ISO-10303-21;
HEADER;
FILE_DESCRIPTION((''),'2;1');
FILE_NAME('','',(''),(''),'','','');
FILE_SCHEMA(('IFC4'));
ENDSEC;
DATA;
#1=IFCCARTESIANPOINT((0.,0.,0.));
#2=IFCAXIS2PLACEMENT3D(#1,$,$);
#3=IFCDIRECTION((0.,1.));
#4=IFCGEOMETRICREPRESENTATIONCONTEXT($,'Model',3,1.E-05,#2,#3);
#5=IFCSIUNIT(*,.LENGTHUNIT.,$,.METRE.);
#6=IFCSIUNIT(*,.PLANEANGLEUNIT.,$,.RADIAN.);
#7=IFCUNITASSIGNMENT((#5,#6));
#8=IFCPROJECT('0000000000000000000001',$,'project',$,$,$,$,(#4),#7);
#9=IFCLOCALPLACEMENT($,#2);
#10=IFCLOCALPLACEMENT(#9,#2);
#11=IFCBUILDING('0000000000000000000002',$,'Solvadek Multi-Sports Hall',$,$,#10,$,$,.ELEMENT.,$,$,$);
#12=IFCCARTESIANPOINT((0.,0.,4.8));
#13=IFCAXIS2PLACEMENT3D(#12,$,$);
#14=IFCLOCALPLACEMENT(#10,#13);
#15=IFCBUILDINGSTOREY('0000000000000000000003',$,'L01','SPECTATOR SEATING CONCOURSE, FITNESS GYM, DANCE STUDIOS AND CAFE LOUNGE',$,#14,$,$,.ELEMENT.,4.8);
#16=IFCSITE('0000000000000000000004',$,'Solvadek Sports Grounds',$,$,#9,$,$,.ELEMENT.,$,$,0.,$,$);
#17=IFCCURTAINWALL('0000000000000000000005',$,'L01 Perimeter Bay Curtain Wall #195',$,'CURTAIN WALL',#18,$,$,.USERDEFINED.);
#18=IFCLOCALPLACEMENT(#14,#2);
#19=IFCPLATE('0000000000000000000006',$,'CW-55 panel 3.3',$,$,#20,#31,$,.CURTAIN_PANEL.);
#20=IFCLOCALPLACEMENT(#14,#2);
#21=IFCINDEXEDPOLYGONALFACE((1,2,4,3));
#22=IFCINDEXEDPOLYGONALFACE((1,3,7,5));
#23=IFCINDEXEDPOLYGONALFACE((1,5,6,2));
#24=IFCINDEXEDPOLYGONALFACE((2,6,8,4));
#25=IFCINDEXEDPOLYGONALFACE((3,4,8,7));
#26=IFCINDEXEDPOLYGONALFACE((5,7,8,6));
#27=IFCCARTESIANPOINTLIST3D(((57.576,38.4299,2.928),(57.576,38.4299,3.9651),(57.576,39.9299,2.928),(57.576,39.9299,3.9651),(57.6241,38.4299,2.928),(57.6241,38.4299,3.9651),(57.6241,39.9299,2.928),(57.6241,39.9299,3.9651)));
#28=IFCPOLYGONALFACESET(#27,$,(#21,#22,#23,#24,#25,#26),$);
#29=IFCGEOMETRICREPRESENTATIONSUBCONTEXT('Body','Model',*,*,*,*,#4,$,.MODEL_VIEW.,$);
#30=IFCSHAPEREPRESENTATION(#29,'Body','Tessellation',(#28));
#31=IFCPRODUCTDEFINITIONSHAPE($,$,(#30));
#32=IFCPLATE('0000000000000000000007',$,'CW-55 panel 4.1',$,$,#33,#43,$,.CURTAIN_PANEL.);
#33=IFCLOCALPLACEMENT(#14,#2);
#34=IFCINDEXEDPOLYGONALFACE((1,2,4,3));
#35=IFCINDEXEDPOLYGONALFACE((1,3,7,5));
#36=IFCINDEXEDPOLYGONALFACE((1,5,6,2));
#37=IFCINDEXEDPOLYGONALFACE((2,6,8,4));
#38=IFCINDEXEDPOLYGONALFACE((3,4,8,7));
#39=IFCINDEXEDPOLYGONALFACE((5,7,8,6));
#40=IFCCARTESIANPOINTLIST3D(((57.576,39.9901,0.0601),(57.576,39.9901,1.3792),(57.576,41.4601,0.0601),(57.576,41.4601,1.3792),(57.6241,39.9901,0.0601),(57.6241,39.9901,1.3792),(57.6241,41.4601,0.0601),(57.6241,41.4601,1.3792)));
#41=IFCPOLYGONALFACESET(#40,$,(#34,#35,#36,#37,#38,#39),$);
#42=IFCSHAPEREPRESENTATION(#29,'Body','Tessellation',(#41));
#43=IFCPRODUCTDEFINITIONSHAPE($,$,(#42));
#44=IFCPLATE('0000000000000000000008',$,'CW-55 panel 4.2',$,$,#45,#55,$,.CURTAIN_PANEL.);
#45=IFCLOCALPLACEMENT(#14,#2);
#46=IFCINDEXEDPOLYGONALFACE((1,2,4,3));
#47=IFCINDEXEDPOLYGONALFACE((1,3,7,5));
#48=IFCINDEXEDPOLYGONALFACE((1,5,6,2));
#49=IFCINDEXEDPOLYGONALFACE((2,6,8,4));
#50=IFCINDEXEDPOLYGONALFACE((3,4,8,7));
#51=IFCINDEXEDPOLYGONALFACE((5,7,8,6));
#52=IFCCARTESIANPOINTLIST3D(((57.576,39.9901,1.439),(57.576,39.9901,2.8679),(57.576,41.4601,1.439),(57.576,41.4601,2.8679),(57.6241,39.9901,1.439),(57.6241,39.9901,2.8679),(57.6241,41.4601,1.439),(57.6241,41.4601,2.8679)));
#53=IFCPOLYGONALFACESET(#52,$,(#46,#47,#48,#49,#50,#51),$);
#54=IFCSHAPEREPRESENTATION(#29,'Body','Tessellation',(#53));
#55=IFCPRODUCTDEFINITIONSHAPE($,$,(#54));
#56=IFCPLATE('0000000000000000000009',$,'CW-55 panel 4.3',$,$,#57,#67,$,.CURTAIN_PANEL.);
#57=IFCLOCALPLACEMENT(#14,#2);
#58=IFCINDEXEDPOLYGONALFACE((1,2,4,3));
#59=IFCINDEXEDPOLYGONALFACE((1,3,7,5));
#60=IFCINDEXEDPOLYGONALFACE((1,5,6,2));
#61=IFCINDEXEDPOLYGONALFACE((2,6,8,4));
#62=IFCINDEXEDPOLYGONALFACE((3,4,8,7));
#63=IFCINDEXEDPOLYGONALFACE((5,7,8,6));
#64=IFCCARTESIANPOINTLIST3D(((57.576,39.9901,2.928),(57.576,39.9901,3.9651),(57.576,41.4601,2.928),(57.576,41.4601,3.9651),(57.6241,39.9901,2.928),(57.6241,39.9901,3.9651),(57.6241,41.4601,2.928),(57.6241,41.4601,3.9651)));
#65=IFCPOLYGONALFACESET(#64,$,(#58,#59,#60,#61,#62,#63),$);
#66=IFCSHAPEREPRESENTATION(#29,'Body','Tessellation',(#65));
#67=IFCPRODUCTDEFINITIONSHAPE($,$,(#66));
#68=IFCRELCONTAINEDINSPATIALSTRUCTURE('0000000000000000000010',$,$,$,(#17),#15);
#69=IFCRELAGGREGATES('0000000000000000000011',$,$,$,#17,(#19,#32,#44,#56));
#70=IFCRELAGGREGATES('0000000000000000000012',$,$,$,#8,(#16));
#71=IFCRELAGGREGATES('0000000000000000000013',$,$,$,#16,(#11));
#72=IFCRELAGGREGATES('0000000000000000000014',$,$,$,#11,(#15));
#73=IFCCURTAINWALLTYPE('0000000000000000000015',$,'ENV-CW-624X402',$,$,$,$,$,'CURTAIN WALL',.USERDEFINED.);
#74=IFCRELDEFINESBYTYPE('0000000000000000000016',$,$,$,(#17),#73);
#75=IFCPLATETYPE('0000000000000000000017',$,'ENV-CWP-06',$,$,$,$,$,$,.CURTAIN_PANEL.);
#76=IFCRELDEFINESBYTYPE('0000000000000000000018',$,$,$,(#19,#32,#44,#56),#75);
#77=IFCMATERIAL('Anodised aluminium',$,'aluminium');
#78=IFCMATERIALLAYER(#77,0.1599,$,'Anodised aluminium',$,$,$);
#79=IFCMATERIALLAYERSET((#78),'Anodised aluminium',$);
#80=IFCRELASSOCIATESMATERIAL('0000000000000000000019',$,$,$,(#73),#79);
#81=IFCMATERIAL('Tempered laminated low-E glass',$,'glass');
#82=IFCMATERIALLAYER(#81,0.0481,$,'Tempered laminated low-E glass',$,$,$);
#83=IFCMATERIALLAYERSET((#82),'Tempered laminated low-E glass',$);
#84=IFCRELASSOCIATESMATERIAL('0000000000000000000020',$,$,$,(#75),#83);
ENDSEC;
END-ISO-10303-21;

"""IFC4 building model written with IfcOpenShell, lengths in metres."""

from ifc_helpers import new_model, si_unit, direction, frame, origin, origin_2d, place, context, subcontext, project, spatial, rectangle, extrude, material, layer, layer_set, type_object, element, aggregate, save


model = new_model("IFC4")

# Units and contexts
model_context = context("Model", 3, precision=1e-05, world=origin(), true_north=direction((0.0, 1.0)))
body_context = subcontext(model_context, "Body", "Model", "MODEL_VIEW")
ifc_project = project(units=[si_unit("LENGTHUNIT", "METRE"), si_unit("PLANEANGLEUNIT", "RADIAN")], contexts=[model_context])

# Site, building, storey
site_placement = place(None, origin())
site = spatial("IfcSite", under=ifc_project, at=site_placement, Name="Solvadek Sports Grounds", CompositionType="ELEMENT", RefElevation=0.0)
building_placement = place(site_placement, origin())
building = spatial("IfcBuilding", under=site, at=building_placement, Name="Solvadek Multi-Sports Hall", CompositionType="ELEMENT")
storey_placement = place(building_placement, frame((0.0, 0.0, 4.8)))
storey = spatial("IfcBuildingStorey", under=building, at=storey_placement, Name="L01", Description="SPECTATOR SEATING CONCOURSE, FITNESS GYM, DANCE STUDIOS AND CAFE LOUNGE", CompositionType="ELEMENT", Elevation=4.8)

# Shared definitions
ifc_material_1 = material(Name="Anodised aluminium", Category="aluminium")

# Curtain wall
ifc_layer_1 = layer(ifc_material_1, 0.1599, Name="Anodised aluminium")
ifc_layer_set_1 = layer_set([ifc_layer_1], Name="Anodised aluminium")
curtain_wall_type_1 = type_object("IfcCurtainWallType", Name="ENV-CW-624X402", ElementType="CURTAIN WALL", PredefinedType="USERDEFINED", material=ifc_layer_set_1)
curtain_wall_1_placement = place(storey_placement, origin())
curtain_wall_1 = element("IfcCurtainWall", 1, at=curtain_wall_1_placement, inside=storey, type_object=curtain_wall_type_1, Name="L01 Perimeter Bay Curtain Wall #195", ObjectType="CURTAIN WALL", PredefinedType="USERDEFINED")

# Plates
ifc_material_2 = material(Name="Tempered laminated low-E glass", Category="glass")
ifc_layer_2 = layer(ifc_material_2, 0.0481, Name="Tempered laminated low-E glass")
ifc_layer_set_2 = layer_set([ifc_layer_2], Name="Tempered laminated low-E glass")
plate_type = type_object("IfcPlateType", Name="ENV-CWP-06", PredefinedType="CURTAIN_PANEL", material=ifc_layer_set_2)
plate_1_placement = place(storey_placement, frame((57.6001, 39.1799, 2.928), z_axis=(0.0, 0.0, 1.0), x_axis=(0.0, 1.0, 0.0)))
plate_1 = element("IfcPlate", 2, at=plate_1_placement, type_object=plate_type, Name="CW-55 panel 3.3", PredefinedType="CURTAIN_PANEL", context=body_context, shape_type="SweptSolid", body=[
    extrude(rectangle(XDim=1.5, YDim=0.0481, at=origin_2d()), origin(), (0.0, 0.0, 1.0), 1.0371),
])
plate_2_placement = place(storey_placement, frame((57.6001, 40.7251, 0.0601), z_axis=(0.0, 0.0, 1.0), x_axis=(0.0, 1.0, 0.0)))
plate_2 = element("IfcPlate", 3, at=plate_2_placement, type_object=plate_type, Name="CW-55 panel 4.1", PredefinedType="CURTAIN_PANEL", context=body_context, shape_type="SweptSolid", body=[
    extrude(rectangle(XDim=1.47, YDim=0.0481, at=origin_2d()), origin(), (0.0, 0.0, 1.0), 1.3191),
])
plate_3_placement = place(storey_placement, frame((57.6001, 40.7251, 1.439), z_axis=(0.0, 0.0, 1.0), x_axis=(0.0, 1.0, 0.0)))
plate_3 = element("IfcPlate", 4, at=plate_3_placement, type_object=plate_type, Name="CW-55 panel 4.2", PredefinedType="CURTAIN_PANEL", context=body_context, shape_type="SweptSolid", body=[
    extrude(rectangle(XDim=1.47, YDim=0.0481, at=origin_2d()), origin(), (0.0, 0.0, 1.0), 1.429),
])
plate_4_placement = place(storey_placement, frame((57.6001, 40.7251, 2.928), z_axis=(0.0, 0.0, 1.0), x_axis=(0.0, 1.0, 0.0)))
plate_4 = element("IfcPlate", 5, at=plate_4_placement, type_object=plate_type, Name="CW-55 panel 4.3", PredefinedType="CURTAIN_PANEL", context=body_context, shape_type="SweptSolid", body=[
    extrude(rectangle(XDim=1.47, YDim=0.0481, at=origin_2d()), origin(), (0.0, 0.0, 1.0), 1.0371),
])
aggregate(curtain_wall_1, [plate_1, plate_2, plate_3, plate_4])

save(model, "model.ifc")
